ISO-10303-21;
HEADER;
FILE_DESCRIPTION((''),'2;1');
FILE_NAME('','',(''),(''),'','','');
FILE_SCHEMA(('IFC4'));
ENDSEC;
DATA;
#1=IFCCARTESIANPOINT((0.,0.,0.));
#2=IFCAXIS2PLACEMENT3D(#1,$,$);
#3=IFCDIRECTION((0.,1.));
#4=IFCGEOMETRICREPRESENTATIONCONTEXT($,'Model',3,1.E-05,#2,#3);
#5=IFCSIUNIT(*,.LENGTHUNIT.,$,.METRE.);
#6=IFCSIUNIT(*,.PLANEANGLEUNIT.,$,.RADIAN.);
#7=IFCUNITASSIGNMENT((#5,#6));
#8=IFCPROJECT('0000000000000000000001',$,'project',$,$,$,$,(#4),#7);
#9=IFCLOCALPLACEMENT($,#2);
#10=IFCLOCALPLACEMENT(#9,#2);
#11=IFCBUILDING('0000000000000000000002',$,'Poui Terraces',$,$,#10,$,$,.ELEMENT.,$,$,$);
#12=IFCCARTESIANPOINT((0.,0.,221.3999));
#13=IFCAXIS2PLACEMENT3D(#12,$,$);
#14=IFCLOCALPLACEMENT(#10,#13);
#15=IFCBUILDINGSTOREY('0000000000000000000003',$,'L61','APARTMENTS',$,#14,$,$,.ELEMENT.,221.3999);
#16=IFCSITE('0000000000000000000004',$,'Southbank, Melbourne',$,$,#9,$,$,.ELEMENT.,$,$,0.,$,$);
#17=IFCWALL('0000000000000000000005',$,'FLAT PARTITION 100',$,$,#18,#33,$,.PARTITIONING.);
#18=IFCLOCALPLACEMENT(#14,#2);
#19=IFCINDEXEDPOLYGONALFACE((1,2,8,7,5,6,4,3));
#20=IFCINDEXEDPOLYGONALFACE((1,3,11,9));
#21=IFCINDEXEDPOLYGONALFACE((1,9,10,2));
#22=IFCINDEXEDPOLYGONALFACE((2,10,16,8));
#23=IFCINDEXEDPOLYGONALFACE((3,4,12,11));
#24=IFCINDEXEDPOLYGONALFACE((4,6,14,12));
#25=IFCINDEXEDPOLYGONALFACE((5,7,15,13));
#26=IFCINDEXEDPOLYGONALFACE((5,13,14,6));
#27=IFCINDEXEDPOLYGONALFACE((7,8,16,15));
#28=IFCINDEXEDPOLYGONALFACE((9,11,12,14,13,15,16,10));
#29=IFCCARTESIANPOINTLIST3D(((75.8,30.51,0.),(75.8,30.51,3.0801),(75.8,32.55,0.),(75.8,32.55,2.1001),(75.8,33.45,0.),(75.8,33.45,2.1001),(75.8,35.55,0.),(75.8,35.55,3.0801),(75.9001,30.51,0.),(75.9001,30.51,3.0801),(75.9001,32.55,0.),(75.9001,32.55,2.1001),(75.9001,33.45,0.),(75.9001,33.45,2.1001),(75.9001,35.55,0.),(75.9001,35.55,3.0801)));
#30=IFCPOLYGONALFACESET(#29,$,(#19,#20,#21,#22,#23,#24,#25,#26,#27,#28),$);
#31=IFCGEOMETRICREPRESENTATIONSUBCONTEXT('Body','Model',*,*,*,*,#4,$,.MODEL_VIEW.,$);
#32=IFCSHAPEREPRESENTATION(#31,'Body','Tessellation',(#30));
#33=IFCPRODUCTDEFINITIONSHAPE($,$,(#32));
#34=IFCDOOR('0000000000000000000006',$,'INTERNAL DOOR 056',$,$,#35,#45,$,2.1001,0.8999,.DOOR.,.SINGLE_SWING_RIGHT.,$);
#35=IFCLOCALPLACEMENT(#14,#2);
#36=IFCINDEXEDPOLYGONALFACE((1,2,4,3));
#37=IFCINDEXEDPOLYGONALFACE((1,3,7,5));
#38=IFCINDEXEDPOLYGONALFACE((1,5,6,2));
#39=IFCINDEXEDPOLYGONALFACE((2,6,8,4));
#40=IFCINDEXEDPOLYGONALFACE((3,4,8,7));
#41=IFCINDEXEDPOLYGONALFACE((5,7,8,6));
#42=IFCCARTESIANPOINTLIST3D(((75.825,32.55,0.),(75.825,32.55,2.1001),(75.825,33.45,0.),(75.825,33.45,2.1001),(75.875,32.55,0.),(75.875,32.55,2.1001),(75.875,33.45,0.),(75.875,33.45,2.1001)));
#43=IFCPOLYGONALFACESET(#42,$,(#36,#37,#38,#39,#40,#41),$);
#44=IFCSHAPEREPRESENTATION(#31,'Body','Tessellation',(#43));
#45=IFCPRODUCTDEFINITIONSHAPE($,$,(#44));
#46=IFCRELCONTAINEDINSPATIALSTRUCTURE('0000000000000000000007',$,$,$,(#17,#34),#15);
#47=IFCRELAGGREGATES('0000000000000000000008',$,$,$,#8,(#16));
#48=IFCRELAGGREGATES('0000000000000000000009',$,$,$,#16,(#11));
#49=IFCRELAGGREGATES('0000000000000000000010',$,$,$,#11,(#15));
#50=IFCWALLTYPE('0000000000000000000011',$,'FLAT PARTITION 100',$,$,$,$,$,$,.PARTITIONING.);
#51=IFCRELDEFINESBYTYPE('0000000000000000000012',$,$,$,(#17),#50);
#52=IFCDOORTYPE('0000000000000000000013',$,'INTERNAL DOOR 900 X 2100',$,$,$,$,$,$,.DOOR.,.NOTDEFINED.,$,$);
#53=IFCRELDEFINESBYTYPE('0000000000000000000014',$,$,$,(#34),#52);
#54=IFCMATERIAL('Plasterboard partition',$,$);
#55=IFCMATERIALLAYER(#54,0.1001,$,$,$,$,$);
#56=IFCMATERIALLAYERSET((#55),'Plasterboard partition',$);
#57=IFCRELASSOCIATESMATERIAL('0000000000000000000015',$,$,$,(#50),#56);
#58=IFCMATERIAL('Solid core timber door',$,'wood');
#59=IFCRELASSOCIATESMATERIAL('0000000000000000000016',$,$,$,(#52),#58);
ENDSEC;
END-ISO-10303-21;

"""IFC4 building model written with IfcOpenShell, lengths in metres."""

from ifc_helpers import new_model, si_unit, direction, frame, frame_2d, origin, place, context, subcontext, project, spatial, rectangle, extrude, material, layer, layer_set, type_object, element, fill, save


model = new_model("IFC4")

# Units and contexts
model_context = context("Model", 3, precision=1e-05, world=origin(), true_north=direction((0.0, 1.0)))
body_context = subcontext(model_context, "Body", "Model", "MODEL_VIEW")
ifc_project = project(units=[si_unit("LENGTHUNIT", "METRE"), si_unit("PLANEANGLEUNIT", "RADIAN")], contexts=[model_context])

# Site, building, storey
site_placement = place(None, origin())
site = spatial("IfcSite", under=ifc_project, at=site_placement, Name="Southbank, Melbourne", CompositionType="ELEMENT", RefElevation=0.0)
building_placement = place(site_placement, origin())
building = spatial("IfcBuilding", under=site, at=building_placement, Name="Poui Terraces", CompositionType="ELEMENT")
storey_placement = place(building_placement, frame((0.0, 0.0, 221.3999)))
storey = spatial("IfcBuildingStorey", under=building, at=storey_placement, Name="L61", Description="APARTMENTS", CompositionType="ELEMENT", Elevation=221.3999)

# Shared definitions
ifc_material_1 = material(Name="Plasterboard partition")
ifc_layer_1 = layer(ifc_material_1, 0.1001)
ifc_layer_set_1 = layer_set([ifc_layer_1], Name="Plasterboard partition")
wall_type_1 = type_object("IfcWallType", Name="FLAT PARTITION 100", PredefinedType="PARTITIONING", material=ifc_layer_set_1)

# Wall, opening, door
ifc_material_2 = material(Name="Solid core timber door", Category="wood")
door_type_1 = type_object("IfcDoorType", Name="INTERNAL DOOR 900 X 2100", OperationType="NOTDEFINED", PredefinedType="DOOR", material=ifc_material_2)
wall_1_placement = place(storey_placement, frame((75.8501, 30.51, 0.0), z_axis=(0.0, 0.0, 1.0), x_axis=(0.0, 1.0, 0.0)))
wall_1 = element("IfcWall", 1, at=wall_1_placement, inside=storey, type_object=wall_type_1, Name="FLAT PARTITION 100", PredefinedType="PARTITIONING", context=body_context, shape_type="SweptSolid", body=[
    extrude(rectangle(XDim=5.04, YDim=0.1001, at=frame_2d((2.52, 0.0))), origin(), (0.0, 0.0, 1.0), 3.0801),
])
opening_1_placement = place(wall_1_placement, frame((2.04, 0.0, 0.0)))
opening_1 = element("IfcOpeningElement", 2, at=opening_1_placement, cuts=wall_1, PredefinedType="OPENING", context=body_context, shape_type="SweptSolid", body=[
    extrude(rectangle(XDim=0.8999, YDim=2.1001, at=frame_2d((0.45, 1.05))), frame((0.0, 0.0601, 0.0), z_axis=(0.0, -1.0, 0.0), x_axis=(1.0, 0.0, 0.0)), (0.0, 0.0, 1.0), 0.1201),
])
door_1_placement = place(opening_1_placement, frame((0.8999, 0.0, 0.0), z_axis=(0.0, 0.0, 1.0), x_axis=(-1.0, 0.0, 0.0)))
door_1 = element("IfcDoor", 3, at=door_1_placement, inside=storey, type_object=door_type_1, Name="INTERNAL DOOR 056", OperationType="SINGLE_SWING_RIGHT", OverallHeight=2.1001, OverallWidth=0.8999, PredefinedType="DOOR", context=body_context, shape_type="SweptSolid", body=[
    extrude(rectangle(XDim=0.8999, YDim=2.1001, at=frame_2d((0.45, 1.05))), frame((0.0, 0.0249, 0.0), z_axis=(0.0, -1.0, 0.0), x_axis=(1.0, 0.0, 0.0)), (0.0, 0.0, 1.0), 0.05),
])
fill(opening_1, door_1)

save(model, "model.ifc")
